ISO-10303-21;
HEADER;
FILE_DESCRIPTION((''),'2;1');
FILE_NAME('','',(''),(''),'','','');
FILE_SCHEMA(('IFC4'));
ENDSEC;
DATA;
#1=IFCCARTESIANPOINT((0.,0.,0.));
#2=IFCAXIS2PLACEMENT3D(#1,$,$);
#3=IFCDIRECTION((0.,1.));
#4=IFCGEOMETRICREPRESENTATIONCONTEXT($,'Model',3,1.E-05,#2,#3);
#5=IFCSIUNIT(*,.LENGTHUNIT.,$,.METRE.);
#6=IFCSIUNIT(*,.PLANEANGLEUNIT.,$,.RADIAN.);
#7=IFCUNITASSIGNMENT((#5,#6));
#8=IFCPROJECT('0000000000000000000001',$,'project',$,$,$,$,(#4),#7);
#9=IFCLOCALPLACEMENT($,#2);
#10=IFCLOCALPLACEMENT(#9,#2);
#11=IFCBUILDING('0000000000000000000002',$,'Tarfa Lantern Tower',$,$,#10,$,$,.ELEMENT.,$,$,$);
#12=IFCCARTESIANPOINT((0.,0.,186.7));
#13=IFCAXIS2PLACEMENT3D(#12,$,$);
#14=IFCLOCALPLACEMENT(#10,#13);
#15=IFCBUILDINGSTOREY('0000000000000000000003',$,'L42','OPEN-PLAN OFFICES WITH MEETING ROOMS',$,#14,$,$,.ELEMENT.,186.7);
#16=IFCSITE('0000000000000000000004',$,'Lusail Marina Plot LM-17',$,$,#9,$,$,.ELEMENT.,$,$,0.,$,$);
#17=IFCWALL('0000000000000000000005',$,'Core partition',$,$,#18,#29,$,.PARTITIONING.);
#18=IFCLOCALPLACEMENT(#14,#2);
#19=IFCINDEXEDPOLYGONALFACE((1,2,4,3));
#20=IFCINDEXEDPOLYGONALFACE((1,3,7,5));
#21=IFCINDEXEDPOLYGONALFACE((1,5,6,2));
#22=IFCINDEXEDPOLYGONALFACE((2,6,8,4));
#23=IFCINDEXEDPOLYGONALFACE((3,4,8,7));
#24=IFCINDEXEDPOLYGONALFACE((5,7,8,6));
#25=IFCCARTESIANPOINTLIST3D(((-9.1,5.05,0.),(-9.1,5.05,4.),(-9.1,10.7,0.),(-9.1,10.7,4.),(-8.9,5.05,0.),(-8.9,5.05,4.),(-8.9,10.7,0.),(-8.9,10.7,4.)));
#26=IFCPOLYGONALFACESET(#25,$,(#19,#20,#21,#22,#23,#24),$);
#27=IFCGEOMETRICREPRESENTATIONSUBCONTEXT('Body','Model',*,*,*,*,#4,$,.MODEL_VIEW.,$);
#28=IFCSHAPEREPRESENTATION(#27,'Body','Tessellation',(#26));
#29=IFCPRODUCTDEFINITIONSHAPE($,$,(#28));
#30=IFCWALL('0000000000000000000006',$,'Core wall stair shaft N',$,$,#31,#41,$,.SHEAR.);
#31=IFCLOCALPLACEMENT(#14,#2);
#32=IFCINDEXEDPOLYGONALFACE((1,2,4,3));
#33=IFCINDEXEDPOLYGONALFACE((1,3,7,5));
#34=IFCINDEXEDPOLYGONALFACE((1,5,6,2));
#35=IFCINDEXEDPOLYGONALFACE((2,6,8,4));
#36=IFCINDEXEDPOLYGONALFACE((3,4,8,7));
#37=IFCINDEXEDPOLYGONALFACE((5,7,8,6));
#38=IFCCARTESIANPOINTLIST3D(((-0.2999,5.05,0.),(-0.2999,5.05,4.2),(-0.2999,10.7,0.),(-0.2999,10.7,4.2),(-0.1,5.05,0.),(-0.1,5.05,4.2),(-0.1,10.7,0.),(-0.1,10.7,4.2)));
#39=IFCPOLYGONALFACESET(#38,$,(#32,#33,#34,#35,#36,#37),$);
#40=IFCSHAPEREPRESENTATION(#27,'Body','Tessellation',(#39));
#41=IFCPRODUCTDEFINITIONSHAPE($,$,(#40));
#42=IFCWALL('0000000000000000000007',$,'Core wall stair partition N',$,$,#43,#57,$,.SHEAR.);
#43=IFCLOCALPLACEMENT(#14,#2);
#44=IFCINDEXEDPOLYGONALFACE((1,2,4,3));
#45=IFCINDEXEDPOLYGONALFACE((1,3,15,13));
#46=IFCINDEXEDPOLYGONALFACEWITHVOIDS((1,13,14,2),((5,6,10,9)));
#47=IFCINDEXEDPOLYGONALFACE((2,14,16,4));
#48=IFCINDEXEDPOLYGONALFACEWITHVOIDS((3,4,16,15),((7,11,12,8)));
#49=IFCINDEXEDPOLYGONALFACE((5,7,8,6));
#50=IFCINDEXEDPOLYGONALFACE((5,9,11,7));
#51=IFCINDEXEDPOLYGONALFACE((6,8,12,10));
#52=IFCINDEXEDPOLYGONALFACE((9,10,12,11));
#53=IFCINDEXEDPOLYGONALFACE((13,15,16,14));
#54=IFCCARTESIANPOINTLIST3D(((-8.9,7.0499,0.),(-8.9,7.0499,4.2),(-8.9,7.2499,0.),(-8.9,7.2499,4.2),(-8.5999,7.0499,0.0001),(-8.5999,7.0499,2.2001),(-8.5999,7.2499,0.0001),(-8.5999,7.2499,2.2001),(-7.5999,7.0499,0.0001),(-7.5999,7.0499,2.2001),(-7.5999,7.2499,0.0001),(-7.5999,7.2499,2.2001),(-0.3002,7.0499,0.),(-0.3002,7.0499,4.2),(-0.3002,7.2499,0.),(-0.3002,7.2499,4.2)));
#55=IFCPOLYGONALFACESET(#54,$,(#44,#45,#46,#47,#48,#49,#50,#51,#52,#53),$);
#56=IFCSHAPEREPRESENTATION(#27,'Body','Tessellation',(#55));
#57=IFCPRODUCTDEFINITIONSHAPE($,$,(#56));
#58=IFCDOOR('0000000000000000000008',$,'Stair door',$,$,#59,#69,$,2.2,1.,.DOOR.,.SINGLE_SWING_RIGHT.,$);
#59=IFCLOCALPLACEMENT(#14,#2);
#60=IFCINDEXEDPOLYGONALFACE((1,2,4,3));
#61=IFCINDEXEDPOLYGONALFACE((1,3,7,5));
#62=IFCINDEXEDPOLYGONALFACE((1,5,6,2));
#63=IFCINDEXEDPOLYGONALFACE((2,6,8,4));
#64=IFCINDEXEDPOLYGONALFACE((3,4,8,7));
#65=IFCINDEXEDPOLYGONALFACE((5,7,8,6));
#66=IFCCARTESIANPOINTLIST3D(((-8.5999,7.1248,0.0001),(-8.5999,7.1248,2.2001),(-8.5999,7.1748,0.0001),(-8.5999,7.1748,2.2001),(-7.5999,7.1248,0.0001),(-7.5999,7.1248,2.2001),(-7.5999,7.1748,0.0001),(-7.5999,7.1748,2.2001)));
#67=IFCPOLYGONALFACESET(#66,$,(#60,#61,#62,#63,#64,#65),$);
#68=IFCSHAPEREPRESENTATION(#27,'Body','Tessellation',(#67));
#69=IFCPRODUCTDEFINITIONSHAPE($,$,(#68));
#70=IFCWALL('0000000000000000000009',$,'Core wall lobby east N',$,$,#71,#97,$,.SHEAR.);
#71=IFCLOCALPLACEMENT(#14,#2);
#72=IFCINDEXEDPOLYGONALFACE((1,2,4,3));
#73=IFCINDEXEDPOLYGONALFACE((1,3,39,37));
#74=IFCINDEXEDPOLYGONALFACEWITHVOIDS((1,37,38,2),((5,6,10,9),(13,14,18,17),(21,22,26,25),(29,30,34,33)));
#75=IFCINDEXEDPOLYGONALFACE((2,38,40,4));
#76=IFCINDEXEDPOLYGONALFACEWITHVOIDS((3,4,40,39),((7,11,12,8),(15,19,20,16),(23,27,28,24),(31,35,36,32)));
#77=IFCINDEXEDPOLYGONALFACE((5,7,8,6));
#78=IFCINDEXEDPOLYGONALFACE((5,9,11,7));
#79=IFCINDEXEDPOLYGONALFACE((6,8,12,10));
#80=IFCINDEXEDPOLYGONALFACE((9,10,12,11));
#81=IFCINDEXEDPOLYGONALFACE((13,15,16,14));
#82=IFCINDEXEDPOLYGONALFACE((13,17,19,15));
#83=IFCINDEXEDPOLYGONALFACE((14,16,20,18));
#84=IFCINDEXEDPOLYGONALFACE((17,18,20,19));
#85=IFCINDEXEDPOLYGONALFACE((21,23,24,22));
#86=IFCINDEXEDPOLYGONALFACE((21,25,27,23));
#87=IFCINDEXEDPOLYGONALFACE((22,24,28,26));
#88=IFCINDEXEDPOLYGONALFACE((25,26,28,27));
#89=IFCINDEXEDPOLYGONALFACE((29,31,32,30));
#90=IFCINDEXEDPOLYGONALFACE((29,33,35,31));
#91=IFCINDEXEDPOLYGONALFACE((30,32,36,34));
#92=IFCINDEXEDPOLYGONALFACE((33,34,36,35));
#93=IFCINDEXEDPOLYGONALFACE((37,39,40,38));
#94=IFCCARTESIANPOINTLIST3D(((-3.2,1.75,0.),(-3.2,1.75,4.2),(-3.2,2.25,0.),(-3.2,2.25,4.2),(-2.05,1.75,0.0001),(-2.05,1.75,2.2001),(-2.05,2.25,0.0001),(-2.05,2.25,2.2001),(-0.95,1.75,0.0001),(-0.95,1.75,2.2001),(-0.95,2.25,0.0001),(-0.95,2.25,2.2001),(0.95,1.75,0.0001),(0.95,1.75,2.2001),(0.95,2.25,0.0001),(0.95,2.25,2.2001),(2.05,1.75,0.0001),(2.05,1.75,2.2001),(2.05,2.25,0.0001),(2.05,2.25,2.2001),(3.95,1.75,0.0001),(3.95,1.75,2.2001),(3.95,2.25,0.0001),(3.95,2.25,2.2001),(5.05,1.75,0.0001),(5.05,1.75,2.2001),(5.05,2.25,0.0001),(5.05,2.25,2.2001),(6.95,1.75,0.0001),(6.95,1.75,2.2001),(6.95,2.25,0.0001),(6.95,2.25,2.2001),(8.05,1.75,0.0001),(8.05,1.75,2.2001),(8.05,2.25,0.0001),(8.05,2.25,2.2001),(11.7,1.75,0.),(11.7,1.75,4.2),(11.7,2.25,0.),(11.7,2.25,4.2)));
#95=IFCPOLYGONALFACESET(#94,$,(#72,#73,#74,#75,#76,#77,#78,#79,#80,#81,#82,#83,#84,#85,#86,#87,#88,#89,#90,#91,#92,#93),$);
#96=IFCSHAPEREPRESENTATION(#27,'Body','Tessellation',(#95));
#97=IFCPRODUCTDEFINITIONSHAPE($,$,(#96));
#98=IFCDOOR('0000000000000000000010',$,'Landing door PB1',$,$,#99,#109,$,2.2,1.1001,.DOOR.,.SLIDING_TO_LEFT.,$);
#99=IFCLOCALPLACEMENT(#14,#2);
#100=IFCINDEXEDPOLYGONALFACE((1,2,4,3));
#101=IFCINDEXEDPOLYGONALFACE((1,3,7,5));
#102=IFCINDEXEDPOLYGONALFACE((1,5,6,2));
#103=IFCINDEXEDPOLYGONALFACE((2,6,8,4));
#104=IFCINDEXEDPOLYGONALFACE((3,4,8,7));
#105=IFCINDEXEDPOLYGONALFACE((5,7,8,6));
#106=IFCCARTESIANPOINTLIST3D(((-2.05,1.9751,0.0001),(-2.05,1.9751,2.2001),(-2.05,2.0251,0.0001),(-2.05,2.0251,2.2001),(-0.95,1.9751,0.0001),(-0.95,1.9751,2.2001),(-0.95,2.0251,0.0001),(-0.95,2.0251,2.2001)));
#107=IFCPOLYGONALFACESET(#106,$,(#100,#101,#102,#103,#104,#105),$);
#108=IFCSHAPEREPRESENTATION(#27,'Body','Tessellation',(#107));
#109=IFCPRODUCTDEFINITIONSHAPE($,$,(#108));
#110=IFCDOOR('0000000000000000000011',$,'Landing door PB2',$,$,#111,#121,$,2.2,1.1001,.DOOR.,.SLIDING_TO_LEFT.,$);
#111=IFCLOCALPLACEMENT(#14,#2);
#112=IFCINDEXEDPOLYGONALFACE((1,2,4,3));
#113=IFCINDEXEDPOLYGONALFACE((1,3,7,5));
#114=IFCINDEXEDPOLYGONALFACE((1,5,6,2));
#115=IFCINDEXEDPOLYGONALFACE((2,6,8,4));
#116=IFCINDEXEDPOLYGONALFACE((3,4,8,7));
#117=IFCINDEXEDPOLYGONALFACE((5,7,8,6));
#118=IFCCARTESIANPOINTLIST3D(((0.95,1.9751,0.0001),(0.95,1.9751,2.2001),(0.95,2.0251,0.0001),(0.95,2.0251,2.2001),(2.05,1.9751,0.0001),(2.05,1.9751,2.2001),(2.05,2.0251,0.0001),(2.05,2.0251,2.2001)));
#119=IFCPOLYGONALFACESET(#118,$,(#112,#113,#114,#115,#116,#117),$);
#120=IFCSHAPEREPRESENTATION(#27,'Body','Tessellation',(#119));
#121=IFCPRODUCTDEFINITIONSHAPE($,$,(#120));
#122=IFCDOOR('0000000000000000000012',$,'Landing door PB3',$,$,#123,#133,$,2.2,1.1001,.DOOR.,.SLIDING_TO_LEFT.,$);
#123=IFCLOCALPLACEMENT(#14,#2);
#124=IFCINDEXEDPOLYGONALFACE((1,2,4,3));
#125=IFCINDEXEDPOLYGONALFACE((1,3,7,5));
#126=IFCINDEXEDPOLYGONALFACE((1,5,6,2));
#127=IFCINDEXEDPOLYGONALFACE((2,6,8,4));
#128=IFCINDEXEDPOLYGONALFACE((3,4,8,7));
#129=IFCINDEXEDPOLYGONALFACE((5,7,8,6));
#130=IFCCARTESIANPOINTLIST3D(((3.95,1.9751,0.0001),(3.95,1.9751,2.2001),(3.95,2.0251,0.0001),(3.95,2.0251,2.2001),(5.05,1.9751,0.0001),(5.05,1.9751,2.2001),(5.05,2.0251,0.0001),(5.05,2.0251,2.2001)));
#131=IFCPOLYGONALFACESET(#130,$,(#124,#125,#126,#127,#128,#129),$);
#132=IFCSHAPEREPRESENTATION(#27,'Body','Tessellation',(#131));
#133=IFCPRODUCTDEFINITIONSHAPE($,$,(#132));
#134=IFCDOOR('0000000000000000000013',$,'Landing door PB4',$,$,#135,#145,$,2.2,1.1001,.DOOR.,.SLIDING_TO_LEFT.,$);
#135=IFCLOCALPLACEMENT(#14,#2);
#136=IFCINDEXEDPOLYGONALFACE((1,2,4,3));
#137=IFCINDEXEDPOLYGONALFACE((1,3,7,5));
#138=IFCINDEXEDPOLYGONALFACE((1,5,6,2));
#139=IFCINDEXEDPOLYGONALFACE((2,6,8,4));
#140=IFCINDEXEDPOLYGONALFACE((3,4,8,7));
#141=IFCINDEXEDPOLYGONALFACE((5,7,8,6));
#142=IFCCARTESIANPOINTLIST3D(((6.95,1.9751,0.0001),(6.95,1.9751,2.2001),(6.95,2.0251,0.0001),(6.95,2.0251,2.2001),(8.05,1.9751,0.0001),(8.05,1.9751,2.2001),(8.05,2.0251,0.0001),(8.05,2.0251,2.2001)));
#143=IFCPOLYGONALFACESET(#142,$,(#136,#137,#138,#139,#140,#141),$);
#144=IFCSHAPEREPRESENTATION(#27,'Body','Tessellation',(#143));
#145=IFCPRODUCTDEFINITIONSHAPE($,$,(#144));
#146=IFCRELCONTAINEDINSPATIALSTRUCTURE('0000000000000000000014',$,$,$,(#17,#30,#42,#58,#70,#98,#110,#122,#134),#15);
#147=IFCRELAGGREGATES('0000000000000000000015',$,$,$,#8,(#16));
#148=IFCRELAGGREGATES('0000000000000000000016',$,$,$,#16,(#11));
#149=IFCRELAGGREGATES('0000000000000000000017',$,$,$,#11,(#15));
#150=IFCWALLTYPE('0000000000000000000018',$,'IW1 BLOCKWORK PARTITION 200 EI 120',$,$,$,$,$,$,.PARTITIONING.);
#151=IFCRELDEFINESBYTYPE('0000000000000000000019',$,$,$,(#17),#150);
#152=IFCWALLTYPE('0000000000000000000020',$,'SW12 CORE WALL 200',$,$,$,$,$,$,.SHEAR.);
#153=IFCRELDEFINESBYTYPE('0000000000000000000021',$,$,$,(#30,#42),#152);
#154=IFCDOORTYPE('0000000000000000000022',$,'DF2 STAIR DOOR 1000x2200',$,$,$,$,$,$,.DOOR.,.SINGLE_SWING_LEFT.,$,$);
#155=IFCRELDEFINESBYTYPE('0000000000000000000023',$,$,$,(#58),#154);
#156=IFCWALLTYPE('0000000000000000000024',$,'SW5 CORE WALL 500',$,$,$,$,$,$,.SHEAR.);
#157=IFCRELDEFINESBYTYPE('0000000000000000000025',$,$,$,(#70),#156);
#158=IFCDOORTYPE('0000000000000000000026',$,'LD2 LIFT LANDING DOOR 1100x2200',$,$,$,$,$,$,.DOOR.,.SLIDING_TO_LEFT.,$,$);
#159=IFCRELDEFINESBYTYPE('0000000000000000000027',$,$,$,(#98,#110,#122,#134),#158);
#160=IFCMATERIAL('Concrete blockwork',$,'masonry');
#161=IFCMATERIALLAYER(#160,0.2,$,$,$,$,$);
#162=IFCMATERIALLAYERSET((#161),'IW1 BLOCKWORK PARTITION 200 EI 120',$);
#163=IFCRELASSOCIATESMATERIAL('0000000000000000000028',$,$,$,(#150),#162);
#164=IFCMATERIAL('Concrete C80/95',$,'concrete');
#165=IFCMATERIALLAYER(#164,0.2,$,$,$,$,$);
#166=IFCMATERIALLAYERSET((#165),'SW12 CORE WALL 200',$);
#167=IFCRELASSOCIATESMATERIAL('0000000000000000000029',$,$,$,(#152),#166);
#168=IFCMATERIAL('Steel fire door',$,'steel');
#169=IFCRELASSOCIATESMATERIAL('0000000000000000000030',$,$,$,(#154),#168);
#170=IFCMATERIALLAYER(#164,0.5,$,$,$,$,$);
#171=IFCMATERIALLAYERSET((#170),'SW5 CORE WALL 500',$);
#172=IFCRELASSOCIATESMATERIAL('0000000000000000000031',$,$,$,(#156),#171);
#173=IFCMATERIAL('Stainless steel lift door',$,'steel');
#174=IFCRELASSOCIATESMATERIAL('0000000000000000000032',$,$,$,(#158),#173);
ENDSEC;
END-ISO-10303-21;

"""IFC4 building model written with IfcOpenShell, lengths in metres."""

from ifc_helpers import new_model, si_unit, direction, frame, frame_2d, origin, place, context, subcontext, project, spatial, rectangle, extrude, material, layer, layer_set, type_object, element, fill, save


model = new_model("IFC4")

# Units and contexts
model_context = context("Model", 3, precision=1e-05, world=origin(), true_north=direction((0.0, 1.0)))
body_context = subcontext(model_context, "Body", "Model", "MODEL_VIEW")
ifc_project = project(units=[si_unit("LENGTHUNIT", "METRE"), si_unit("PLANEANGLEUNIT", "RADIAN")], contexts=[model_context])

# Site, building, storey
site_placement = place(None, origin())
site = spatial("IfcSite", under=ifc_project, at=site_placement, Name="Lusail Marina Plot LM-17", CompositionType="ELEMENT", RefElevation=0.0)
building_placement = place(site_placement, origin())
building = spatial("IfcBuilding", under=site, at=building_placement, Name="Tarfa Lantern Tower", CompositionType="ELEMENT")
storey_placement = place(building_placement, frame((0.0, 0.0, 186.7)))
storey = spatial("IfcBuildingStorey", under=building, at=storey_placement, Name="L42", Description="OPEN-PLAN OFFICES WITH MEETING ROOMS", CompositionType="ELEMENT", Elevation=186.7)

# Walls
ifc_material_1 = material(Name="Concrete blockwork", Category="masonry")
ifc_layer_1 = layer(ifc_material_1, 0.2)
ifc_layer_set_1 = layer_set([ifc_layer_1], Name="IW1 BLOCKWORK PARTITION 200 EI 120")
wall_type_1 = type_object("IfcWallType", Name="IW1 BLOCKWORK PARTITION 200 EI 120", PredefinedType="PARTITIONING", material=ifc_layer_set_1)
wall_1_placement = place(storey_placement, frame((-9.0, 5.05, 0.0), z_axis=(0.0, 0.0, 1.0), x_axis=(0.0, 1.0, 0.0)))
element("IfcWall", 1, at=wall_1_placement, inside=storey, type_object=wall_type_1, Name="Core partition", PredefinedType="PARTITIONING", context=body_context, shape_type="SweptSolid", body=[
    extrude(rectangle(XDim=5.6499, YDim=0.2, at=frame_2d((2.825, 0.0))), origin(), (0.0, 0.0, 1.0), 4.0),
])
ifc_material_2 = material(Name="Concrete C80/95", Category="concrete")
ifc_layer_2 = layer(ifc_material_2, 0.2)
ifc_layer_set_2 = layer_set([ifc_layer_2], Name="SW12 CORE WALL 200")
wall_type_2 = type_object("IfcWallType", Name="SW12 CORE WALL 200", PredefinedType="SHEAR", material=ifc_layer_set_2)
wall_2_placement = place(storey_placement, frame((-0.2, 5.05, 0.0), z_axis=(0.0, 0.0, 1.0), x_axis=(0.0, 1.0, 0.0)))
element("IfcWall", 2, at=wall_2_placement, inside=storey, type_object=wall_type_2, Name="Core wall stair shaft N", PredefinedType="SHEAR", context=body_context, shape_type="SweptSolid", body=[
    extrude(rectangle(XDim=5.6499, YDim=0.2, at=frame_2d((2.825, 0.0))), origin(), (0.0, 0.0, 1.0), 4.2),
])

# Wall, opening, door
wall_3_placement = place(storey_placement, frame((-8.8999, 7.1499, 0.0), z_axis=(0.0, 0.0, 1.0), x_axis=(1.0, 0.0, 0.0)))
wall_3 = element("IfcWall", 3, at=wall_3_placement, inside=storey, type_object=wall_type_2, Name="Core wall stair partition N", PredefinedType="SHEAR", context=body_context, shape_type="SweptSolid", body=[
    extrude(rectangle(XDim=8.5999, YDim=0.2, at=frame_2d((4.2998, 0.0))), origin(), (0.0, 0.0, 1.0), 4.2),
])
opening_1_placement = place(wall_3_placement, frame((0.3, 0.0, 0.0)))
opening_1 = element("IfcOpeningElement", 4, at=opening_1_placement, cuts=wall_3, PredefinedType="OPENING", context=body_context, shape_type="SweptSolid", body=[
    extrude(rectangle(XDim=1.0, YDim=2.2, at=frame_2d((0.5, 1.1001))), frame((0.0, 0.1099, 0.0), z_axis=(0.0, -1.0, 0.0), x_axis=(1.0, 0.0, 0.0)), (0.0, 0.0, 1.0), 0.22),
])
ifc_material_3 = material(Name="Steel fire door", Category="steel")
door_type_1 = type_object("IfcDoorType", Name="DF2 STAIR DOOR 1000x2200", OperationType="SINGLE_SWING_LEFT", PredefinedType="DOOR", material=ifc_material_3)
door_1_placement = place(opening_1_placement, origin())
door_1 = element("IfcDoor", 5, at=door_1_placement, inside=storey, type_object=door_type_1, Name="Stair door", OperationType="SINGLE_SWING_RIGHT", OverallHeight=2.2, OverallWidth=1.0, PredefinedType="DOOR", context=body_context, shape_type="SweptSolid", body=[
    extrude(rectangle(XDim=1.0, YDim=2.2, at=frame_2d((0.5, 1.1001))), frame((0.0, 0.0249, 0.0), z_axis=(0.0, -1.0, 0.0), x_axis=(1.0, 0.0, 0.0)), (0.0, 0.0, 1.0), 0.05),
])
fill(opening_1, door_1)

# Wall, openings, doors
ifc_layer_3 = layer(ifc_material_2, 0.5)
ifc_layer_set_3 = layer_set([ifc_layer_3], Name="SW5 CORE WALL 500")
wall_type_3 = type_object("IfcWallType", Name="SW5 CORE WALL 500", PredefinedType="SHEAR", material=ifc_layer_set_3)
wall_4_placement = place(storey_placement, frame((-3.2, 2.0, 0.0), z_axis=(0.0, 0.0, 1.0), x_axis=(1.0, 0.0, 0.0)))
wall_4 = element("IfcWall", 6, at=wall_4_placement, inside=storey, type_object=wall_type_3, Name="Core wall lobby east N", PredefinedType="SHEAR", context=body_context, shape_type="SweptSolid", body=[
    extrude(rectangle(XDim=14.8999, YDim=0.5, at=frame_2d((7.45, 0.0))), origin(), (0.0, 0.0, 1.0), 4.2),
])
opening_2_placement = place(wall_4_placement, frame((1.1499, 0.0, 0.0)))
opening_2 = element("IfcOpeningElement", 7, at=opening_2_placement, cuts=wall_4, PredefinedType="OPENING", context=body_context, shape_type="SweptSolid", body=[
    extrude(rectangle(XDim=1.1001, YDim=2.2, at=frame_2d((0.55, 1.1001))), frame((0.0, 0.26, 0.0), z_axis=(0.0, -1.0, 0.0), x_axis=(1.0, 0.0, 0.0)), (0.0, 0.0, 1.0), 0.52),
])
opening_3_placement = place(wall_4_placement, frame((4.1499, 0.0, 0.0)))
opening_3 = element("IfcOpeningElement", 8, at=opening_3_placement, cuts=wall_4, PredefinedType="OPENING", context=body_context, shape_type="SweptSolid", body=[
    extrude(rectangle(XDim=1.1001, YDim=2.2, at=frame_2d((0.55, 1.1001))), frame((0.0, 0.26, 0.0), z_axis=(0.0, -1.0, 0.0), x_axis=(1.0, 0.0, 0.0)), (0.0, 0.0, 1.0), 0.52),
])
opening_4_placement = place(wall_4_placement, frame((7.1499, 0.0, 0.0)))
opening_4 = element("IfcOpeningElement", 9, at=opening_4_placement, cuts=wall_4, PredefinedType="OPENING", context=body_context, shape_type="SweptSolid", body=[
    extrude(rectangle(XDim=1.1001, YDim=2.2, at=frame_2d((0.55, 1.1001))), frame((0.0, 0.26, 0.0), z_axis=(0.0, -1.0, 0.0), x_axis=(1.0, 0.0, 0.0)), (0.0, 0.0, 1.0), 0.52),
])
opening_5_placement = place(wall_4_placement, frame((10.1499, 0.0, 0.0)))
opening_5 = element("IfcOpeningElement", 10, at=opening_5_placement, cuts=wall_4, PredefinedType="OPENING", context=body_context, shape_type="SweptSolid", body=[
    extrude(rectangle(XDim=1.1001, YDim=2.2, at=frame_2d((0.55, 1.1001))), frame((0.0, 0.26, 0.0), z_axis=(0.0, -1.0, 0.0), x_axis=(1.0, 0.0, 0.0)), (0.0, 0.0, 1.0), 0.52),
])
ifc_material_4 = material(Name="Stainless steel lift door", Category="steel")
door_type_2 = type_object("IfcDoorType", Name="LD2 LIFT LANDING DOOR 1100x2200", OperationType="SLIDING_TO_LEFT", PredefinedType="DOOR", material=ifc_material_4)
door_2_placement = place(opening_2_placement, frame((1.1001, 0.0, 0.0), z_axis=(0.0, 0.0, 1.0), x_axis=(-1.0, 0.0, 0.0)))
door_2 = element("IfcDoor", 11, at=door_2_placement, inside=storey, type_object=door_type_2, Name="Landing door PB1", OperationType="SLIDING_TO_LEFT", OverallHeight=2.2, OverallWidth=1.1001, PredefinedType="DOOR", context=body_context, shape_type="SweptSolid", body=[
    extrude(rectangle(XDim=1.1001, YDim=2.2, at=frame_2d((0.55, 1.1001))), frame((0.0, 0.0249, 0.0), z_axis=(0.0, -1.0, 0.0), x_axis=(1.0, 0.0, 0.0)), (0.0, 0.0, 1.0), 0.05),
])
fill(opening_2, door_2)
door_3_placement = place(opening_3_placement, frame((1.1001, 0.0, 0.0), z_axis=(0.0, 0.0, 1.0), x_axis=(-1.0, 0.0, 0.0)))
door_3 = element("IfcDoor", 12, at=door_3_placement, inside=storey, type_object=door_type_2, Name="Landing door PB2", OperationType="SLIDING_TO_LEFT", OverallHeight=2.2, OverallWidth=1.1001, PredefinedType="DOOR", context=body_context, shape_type="SweptSolid", body=[
    extrude(rectangle(XDim=1.1001, YDim=2.2, at=frame_2d((0.55, 1.1001))), frame((0.0, 0.0249, 0.0), z_axis=(0.0, -1.0, 0.0), x_axis=(1.0, 0.0, 0.0)), (0.0, 0.0, 1.0), 0.05),
])
fill(opening_3, door_3)
door_4_placement = place(opening_4_placement, frame((1.1001, 0.0, 0.0), z_axis=(0.0, 0.0, 1.0), x_axis=(-1.0, 0.0, 0.0)))
door_4 = element("IfcDoor", 13, at=door_4_placement, inside=storey, type_object=door_type_2, Name="Landing door PB3", OperationType="SLIDING_TO_LEFT", OverallHeight=2.2, OverallWidth=1.1001, PredefinedType="DOOR", context=body_context, shape_type="SweptSolid", body=[
    extrude(rectangle(XDim=1.1001, YDim=2.2, at=frame_2d((0.55, 1.1001))), frame((0.0, 0.0249, 0.0), z_axis=(0.0, -1.0, 0.0), x_axis=(1.0, 0.0, 0.0)), (0.0, 0.0, 1.0), 0.05),
])
fill(opening_4, door_4)
door_5_placement = place(opening_5_placement, frame((1.1001, 0.0, 0.0), z_axis=(0.0, 0.0, 1.0), x_axis=(-1.0, 0.0, 0.0)))
door_5 = element("IfcDoor", 14, at=door_5_placement, inside=storey, type_object=door_type_2, Name="Landing door PB4", OperationType="SLIDING_TO_LEFT", OverallHeight=2.2, OverallWidth=1.1001, PredefinedType="DOOR", context=body_context, shape_type="SweptSolid", body=[
    extrude(rectangle(XDim=1.1001, YDim=2.2, at=frame_2d((0.55, 1.1001))), frame((0.0, 0.0249, 0.0), z_axis=(0.0, -1.0, 0.0), x_axis=(1.0, 0.0, 0.0)), (0.0, 0.0, 1.0), 0.05),
])
fill(opening_5, door_5)

save(model, "model.ifc")
